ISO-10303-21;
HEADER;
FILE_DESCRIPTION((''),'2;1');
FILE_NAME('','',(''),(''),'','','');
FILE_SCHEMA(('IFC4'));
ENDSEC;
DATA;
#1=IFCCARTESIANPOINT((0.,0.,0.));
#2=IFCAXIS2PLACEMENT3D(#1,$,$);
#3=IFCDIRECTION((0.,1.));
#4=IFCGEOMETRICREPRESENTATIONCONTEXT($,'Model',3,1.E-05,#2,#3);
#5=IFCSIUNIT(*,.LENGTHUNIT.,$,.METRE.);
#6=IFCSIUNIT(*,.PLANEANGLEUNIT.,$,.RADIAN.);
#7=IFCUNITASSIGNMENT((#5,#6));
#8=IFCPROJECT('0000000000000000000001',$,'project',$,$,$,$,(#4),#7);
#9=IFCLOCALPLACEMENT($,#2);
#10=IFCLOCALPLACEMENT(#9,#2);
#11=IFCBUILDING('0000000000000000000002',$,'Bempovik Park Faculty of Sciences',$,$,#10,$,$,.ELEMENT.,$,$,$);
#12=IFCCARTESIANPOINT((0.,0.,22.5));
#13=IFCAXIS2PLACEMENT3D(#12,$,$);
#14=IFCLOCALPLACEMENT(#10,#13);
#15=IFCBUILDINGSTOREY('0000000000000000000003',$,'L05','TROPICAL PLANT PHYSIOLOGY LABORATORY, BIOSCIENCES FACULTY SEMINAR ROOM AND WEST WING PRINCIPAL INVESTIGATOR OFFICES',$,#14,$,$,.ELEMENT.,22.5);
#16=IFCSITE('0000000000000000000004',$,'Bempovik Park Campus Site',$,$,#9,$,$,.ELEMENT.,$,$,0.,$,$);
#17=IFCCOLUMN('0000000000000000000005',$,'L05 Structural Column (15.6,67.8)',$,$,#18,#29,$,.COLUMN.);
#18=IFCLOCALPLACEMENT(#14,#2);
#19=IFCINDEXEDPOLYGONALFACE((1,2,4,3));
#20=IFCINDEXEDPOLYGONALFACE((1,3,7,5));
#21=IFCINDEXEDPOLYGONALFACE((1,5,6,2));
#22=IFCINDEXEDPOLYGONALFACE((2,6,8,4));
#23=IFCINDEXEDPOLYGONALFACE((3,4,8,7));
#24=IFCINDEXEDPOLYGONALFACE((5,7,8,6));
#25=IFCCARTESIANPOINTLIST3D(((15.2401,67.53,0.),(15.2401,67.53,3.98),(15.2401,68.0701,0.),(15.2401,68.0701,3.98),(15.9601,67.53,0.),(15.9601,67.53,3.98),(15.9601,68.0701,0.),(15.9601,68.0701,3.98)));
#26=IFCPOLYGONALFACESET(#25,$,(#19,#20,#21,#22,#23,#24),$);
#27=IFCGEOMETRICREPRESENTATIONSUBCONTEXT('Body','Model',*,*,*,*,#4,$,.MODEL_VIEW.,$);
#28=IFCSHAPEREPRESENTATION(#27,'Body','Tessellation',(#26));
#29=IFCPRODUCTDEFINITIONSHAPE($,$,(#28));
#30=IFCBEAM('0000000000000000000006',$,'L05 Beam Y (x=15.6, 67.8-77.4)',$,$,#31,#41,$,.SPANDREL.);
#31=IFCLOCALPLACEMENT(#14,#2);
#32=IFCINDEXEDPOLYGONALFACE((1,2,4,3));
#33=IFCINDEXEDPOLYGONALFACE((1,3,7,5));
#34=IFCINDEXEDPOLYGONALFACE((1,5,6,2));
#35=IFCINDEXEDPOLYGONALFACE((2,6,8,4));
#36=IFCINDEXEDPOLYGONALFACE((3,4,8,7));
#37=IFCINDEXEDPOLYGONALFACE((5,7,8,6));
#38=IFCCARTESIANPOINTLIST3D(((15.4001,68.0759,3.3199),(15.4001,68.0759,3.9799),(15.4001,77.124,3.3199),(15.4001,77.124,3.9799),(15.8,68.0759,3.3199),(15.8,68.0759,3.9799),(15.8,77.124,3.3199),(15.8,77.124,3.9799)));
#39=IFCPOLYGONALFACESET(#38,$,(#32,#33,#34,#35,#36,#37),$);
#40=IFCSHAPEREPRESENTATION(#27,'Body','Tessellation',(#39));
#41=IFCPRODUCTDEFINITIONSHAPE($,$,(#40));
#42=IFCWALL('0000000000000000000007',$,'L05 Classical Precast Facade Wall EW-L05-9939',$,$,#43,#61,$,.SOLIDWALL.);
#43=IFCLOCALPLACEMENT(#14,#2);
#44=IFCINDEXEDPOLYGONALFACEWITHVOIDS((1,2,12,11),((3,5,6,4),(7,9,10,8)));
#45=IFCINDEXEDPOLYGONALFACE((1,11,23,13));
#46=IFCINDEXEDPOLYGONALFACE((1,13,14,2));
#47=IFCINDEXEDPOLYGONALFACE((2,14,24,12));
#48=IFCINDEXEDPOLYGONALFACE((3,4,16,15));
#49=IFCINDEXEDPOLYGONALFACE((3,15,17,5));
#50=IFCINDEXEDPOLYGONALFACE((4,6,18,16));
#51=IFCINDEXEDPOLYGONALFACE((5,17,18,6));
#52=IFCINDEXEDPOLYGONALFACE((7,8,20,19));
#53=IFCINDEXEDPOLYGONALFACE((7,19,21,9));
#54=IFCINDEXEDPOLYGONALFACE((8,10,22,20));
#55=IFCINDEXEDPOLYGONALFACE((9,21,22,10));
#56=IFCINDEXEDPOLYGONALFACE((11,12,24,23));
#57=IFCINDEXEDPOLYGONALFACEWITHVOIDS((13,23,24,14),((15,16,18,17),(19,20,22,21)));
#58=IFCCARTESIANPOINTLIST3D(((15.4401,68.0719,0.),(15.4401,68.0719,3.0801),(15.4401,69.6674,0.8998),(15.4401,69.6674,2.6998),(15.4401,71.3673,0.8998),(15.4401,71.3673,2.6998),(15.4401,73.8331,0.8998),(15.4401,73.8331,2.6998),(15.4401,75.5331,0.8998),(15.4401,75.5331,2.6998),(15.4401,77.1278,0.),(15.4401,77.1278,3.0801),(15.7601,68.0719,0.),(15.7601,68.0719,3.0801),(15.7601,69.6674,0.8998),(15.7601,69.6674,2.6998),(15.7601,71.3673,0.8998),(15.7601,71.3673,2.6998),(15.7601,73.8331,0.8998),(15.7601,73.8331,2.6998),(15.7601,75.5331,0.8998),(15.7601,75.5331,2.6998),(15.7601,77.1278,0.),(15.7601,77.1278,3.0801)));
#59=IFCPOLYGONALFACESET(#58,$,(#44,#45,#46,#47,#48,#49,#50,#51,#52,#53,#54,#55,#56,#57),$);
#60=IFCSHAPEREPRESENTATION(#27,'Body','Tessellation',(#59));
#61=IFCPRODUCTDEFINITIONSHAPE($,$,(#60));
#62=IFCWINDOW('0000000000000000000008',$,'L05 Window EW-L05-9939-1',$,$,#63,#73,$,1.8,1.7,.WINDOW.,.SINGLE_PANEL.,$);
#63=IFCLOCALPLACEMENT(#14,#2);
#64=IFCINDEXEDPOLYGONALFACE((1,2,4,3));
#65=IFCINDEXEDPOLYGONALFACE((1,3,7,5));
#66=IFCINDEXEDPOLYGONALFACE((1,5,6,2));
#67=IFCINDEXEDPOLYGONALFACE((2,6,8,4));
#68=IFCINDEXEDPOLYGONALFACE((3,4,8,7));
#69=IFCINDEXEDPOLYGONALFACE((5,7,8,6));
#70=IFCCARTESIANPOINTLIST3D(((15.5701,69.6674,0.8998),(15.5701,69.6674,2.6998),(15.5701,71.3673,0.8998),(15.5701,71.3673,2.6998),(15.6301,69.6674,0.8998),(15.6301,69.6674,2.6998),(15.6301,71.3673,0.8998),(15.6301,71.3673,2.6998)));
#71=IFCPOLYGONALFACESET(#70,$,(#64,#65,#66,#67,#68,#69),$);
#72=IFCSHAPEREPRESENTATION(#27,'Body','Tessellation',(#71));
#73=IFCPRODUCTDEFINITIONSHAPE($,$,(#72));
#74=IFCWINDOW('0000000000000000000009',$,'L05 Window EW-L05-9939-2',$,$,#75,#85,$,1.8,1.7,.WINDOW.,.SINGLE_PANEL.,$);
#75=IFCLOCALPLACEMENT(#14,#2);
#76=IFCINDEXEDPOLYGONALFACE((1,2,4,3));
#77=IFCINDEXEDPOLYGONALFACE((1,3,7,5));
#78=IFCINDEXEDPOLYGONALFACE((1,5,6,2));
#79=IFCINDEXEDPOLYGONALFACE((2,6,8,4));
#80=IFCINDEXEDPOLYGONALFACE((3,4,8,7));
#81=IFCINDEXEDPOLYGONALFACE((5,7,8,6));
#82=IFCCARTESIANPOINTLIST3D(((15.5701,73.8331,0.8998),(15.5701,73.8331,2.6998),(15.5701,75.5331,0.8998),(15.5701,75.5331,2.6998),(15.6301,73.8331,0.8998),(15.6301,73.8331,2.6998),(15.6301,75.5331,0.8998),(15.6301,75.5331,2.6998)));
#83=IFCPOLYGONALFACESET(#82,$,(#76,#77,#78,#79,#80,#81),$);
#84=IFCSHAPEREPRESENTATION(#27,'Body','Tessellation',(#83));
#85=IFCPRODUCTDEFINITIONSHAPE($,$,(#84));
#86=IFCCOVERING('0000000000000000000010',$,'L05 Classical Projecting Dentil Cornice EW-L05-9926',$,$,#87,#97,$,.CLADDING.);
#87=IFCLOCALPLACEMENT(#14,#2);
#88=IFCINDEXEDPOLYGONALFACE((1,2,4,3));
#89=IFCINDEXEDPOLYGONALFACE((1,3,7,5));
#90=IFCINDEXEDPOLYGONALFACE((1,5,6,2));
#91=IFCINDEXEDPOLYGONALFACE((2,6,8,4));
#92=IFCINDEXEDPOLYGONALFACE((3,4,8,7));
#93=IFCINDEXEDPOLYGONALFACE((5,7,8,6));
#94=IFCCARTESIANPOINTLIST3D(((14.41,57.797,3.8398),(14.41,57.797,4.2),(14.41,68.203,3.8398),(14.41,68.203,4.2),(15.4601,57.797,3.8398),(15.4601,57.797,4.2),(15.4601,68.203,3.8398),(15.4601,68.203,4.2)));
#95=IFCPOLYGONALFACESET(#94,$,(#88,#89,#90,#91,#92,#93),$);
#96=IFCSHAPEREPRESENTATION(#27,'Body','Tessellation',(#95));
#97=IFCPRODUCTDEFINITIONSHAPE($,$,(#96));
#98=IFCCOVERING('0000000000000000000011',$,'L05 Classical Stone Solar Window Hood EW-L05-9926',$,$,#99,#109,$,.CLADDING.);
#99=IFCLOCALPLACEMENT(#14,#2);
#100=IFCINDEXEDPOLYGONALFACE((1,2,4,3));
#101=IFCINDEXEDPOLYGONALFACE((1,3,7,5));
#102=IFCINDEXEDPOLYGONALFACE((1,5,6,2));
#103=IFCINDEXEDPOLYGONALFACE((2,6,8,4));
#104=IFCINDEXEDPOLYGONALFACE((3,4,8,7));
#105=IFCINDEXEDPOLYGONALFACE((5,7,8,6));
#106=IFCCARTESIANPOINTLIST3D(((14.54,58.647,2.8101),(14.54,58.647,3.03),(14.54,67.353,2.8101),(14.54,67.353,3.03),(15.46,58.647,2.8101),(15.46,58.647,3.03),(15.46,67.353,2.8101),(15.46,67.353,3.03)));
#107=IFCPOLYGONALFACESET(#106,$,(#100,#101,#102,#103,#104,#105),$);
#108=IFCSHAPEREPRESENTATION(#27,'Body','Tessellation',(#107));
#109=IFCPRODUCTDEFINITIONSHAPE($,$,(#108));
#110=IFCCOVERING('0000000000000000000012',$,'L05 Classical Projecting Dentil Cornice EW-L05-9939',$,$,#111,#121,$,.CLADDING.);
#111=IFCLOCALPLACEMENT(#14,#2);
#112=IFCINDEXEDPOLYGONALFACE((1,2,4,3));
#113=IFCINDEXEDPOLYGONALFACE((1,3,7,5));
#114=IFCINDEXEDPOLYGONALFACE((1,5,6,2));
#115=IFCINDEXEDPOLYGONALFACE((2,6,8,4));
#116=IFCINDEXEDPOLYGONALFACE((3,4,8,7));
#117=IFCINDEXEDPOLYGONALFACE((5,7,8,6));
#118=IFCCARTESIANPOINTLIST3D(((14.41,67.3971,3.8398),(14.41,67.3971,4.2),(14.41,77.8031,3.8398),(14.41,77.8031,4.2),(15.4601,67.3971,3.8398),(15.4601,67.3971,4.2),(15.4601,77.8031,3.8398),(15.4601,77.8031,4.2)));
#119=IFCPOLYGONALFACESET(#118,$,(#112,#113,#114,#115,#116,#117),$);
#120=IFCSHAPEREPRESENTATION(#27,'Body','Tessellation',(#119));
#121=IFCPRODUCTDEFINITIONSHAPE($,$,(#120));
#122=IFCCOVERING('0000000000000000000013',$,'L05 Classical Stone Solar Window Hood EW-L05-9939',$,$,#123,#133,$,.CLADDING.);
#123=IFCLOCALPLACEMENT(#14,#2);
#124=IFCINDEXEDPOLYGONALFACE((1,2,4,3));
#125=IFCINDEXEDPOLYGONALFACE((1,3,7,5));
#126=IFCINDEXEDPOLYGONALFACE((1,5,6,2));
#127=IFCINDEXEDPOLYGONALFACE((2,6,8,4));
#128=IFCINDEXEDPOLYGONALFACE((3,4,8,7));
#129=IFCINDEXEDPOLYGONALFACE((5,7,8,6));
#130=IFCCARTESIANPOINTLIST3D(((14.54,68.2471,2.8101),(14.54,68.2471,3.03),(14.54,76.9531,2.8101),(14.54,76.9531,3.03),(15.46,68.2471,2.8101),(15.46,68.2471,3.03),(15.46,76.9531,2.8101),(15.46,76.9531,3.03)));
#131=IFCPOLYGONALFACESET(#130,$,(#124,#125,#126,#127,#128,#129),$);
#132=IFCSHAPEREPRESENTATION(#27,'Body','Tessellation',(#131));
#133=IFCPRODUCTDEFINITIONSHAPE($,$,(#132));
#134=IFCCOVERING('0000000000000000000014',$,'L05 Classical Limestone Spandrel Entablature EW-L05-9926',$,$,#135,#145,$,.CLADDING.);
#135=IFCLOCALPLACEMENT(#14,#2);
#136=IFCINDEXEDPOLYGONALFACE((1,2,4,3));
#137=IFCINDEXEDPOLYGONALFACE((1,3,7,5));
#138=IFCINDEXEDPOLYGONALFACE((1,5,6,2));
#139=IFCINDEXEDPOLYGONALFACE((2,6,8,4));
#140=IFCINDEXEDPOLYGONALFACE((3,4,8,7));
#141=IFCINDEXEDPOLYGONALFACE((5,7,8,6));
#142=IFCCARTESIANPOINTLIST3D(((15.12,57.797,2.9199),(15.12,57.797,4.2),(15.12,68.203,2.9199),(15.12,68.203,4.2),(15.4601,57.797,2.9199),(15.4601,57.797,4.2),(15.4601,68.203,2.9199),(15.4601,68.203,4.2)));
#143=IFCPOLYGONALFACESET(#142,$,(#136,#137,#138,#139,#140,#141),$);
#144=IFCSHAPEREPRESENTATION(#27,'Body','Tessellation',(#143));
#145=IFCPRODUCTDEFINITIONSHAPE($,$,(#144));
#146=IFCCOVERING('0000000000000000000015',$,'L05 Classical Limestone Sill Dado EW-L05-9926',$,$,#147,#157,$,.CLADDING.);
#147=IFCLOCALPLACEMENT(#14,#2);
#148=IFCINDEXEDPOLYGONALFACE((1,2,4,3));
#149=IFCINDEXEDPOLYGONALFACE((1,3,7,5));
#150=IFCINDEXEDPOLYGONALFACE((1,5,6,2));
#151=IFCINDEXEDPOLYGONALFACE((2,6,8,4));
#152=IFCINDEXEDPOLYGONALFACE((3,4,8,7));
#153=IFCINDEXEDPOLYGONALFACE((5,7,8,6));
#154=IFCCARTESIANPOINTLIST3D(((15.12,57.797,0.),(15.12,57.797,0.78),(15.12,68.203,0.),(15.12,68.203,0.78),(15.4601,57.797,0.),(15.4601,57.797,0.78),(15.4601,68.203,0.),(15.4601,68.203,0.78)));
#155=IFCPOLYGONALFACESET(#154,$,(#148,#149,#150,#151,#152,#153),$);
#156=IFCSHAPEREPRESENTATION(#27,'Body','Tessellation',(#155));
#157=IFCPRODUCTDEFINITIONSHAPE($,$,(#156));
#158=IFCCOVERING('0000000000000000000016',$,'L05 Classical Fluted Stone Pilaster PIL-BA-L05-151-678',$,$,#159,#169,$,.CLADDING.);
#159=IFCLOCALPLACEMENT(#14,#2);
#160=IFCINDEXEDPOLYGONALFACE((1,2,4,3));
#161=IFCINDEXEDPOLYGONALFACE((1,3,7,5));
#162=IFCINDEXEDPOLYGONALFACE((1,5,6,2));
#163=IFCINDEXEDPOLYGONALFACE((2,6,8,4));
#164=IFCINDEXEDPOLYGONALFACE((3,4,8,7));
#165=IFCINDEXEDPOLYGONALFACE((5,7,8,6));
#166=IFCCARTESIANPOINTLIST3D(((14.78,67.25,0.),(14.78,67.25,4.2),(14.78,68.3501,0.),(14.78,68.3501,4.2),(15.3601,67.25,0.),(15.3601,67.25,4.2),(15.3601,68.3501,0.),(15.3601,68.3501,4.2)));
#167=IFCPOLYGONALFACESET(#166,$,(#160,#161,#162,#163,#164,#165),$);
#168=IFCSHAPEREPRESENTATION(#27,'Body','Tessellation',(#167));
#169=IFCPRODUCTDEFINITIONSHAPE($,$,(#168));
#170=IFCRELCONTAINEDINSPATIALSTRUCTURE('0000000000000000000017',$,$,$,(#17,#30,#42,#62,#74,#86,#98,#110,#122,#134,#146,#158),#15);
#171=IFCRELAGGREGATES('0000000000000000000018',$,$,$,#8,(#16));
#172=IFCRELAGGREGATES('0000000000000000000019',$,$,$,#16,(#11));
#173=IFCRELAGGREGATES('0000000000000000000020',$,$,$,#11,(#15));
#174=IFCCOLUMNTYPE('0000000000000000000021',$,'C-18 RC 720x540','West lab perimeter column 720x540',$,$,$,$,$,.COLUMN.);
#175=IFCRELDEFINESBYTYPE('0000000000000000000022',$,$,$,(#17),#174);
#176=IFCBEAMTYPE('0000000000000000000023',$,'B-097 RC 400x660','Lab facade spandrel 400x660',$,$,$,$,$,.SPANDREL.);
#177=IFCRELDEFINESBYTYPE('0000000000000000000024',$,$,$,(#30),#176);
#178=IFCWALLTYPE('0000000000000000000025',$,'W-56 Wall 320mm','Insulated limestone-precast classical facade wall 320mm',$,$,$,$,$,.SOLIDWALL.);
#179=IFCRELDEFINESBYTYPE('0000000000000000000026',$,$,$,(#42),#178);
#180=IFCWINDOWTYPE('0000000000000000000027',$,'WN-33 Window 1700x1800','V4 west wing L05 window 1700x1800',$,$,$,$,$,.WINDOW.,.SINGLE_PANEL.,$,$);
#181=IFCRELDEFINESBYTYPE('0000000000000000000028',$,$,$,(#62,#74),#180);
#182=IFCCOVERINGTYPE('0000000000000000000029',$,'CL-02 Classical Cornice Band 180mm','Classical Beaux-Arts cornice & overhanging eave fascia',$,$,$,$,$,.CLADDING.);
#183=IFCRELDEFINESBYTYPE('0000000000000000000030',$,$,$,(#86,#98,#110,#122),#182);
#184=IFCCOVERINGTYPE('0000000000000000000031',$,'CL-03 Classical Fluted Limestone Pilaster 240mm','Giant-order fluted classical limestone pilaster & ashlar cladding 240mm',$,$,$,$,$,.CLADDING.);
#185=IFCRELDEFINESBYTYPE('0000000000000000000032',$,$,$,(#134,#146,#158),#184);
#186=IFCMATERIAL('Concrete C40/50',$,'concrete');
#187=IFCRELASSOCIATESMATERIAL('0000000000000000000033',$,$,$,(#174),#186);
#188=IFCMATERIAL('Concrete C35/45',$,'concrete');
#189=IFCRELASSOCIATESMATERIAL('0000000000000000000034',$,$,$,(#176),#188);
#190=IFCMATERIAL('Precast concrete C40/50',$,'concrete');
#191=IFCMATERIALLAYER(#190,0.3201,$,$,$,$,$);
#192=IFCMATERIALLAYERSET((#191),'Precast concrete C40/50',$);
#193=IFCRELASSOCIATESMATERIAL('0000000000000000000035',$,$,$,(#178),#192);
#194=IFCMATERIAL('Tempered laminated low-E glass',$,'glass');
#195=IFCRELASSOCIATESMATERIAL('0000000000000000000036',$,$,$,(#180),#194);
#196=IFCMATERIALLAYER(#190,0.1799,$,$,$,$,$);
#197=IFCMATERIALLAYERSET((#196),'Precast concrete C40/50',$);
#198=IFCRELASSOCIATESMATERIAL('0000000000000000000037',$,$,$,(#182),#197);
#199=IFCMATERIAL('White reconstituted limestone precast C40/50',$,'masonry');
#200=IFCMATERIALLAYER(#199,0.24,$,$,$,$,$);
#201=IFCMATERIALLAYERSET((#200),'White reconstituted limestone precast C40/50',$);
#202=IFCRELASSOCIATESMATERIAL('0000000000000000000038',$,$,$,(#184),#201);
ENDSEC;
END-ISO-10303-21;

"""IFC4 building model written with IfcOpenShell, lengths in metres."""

from ifc_helpers import new_model, si_unit, direction, frame, frame_2d, origin, origin_2d, place, context, subcontext, project, spatial, rectangle, extrude, material, layer, layer_set, material_profile, profile_set, type_object, element, fill, save


model = new_model("IFC4")

# Units and contexts
model_context = context("Model", 3, precision=1e-05, world=origin(), true_north=direction((0.0, 1.0)))
body_context = subcontext(model_context, "Body", "Model", "MODEL_VIEW")
ifc_project = project(units=[si_unit("LENGTHUNIT", "METRE"), si_unit("PLANEANGLEUNIT", "RADIAN")], contexts=[model_context])

# Site, building, storey
site_placement = place(None, origin())
site = spatial("IfcSite", under=ifc_project, at=site_placement, Name="Bempovik Park Campus Site", CompositionType="ELEMENT", RefElevation=0.0)
building_placement = place(site_placement, origin())
building = spatial("IfcBuilding", under=site, at=building_placement, Name="Bempovik Park Faculty of Sciences", CompositionType="ELEMENT")
storey_placement = place(building_placement, frame((0.0, 0.0, 22.5)))
storey = spatial("IfcBuildingStorey", under=building, at=storey_placement, Name="L05", Description="TROPICAL PLANT PHYSIOLOGY LABORATORY, BIOSCIENCES FACULTY SEMINAR ROOM AND WEST WING PRINCIPAL INVESTIGATOR OFFICES", CompositionType="ELEMENT", Elevation=22.5)

# Column
ifc_material_1 = material(Name="Concrete C40/50", Category="concrete")
ifc_material_profile_1 = material_profile(ifc_material_1, rectangle(XDim=0.72, YDim=0.54, at=origin_2d()), Name="RC 720x540")
ifc_profile_set_1 = profile_set([ifc_material_profile_1], Name="Concrete C40/50")
column_type = type_object("IfcColumnType", Name="C-18 RC 720x540", Description="West lab perimeter column 720x540", PredefinedType="COLUMN", material=ifc_profile_set_1)
column_placement = place(storey_placement, frame((15.6001, 67.8, 0.0), z_axis=(0.0, 0.0, 1.0), x_axis=(1.0, 0.0, 0.0)))
element("IfcColumn", 1, at=column_placement, inside=storey, type_object=column_type, Name="L05 Structural Column (15.6,67.8)", PredefinedType="COLUMN", context=body_context, shape_type="SweptSolid", body=[
    extrude(rectangle(XDim=0.72, YDim=0.54, at=origin_2d()), origin(), (0.0, 0.0, 1.0), 3.98),
])

# Beam
ifc_material_2 = material(Name="Concrete C35/45", Category="concrete")
ifc_material_profile_2 = material_profile(ifc_material_2, rectangle(XDim=0.3999, YDim=0.6599, at=origin_2d()), Name="RC 400x660")
ifc_profile_set_2 = profile_set([ifc_material_profile_2], Name="Concrete C35/45")
beam_type = type_object("IfcBeamType", Name="B-097 RC 400x660", Description="Lab facade spandrel 400x660", PredefinedType="SPANDREL", material=ifc_profile_set_2)
beam_placement = place(storey_placement, frame((15.6001, 68.0759, 3.6499), z_axis=(0.0, 1.0, 0.0), x_axis=(-1.0, 0.0, 0.0)))
element("IfcBeam", 2, at=beam_placement, inside=storey, type_object=beam_type, Name="L05 Beam Y (x=15.6, 67.8-77.4)", PredefinedType="SPANDREL", context=body_context, shape_type="SweptSolid", body=[
    extrude(rectangle(XDim=0.3999, YDim=0.6599, at=origin_2d()), origin(), (0.0, 0.0, 1.0), 9.0481),
])

# Wall, openings, windows
ifc_material_3 = material(Name="Precast concrete C40/50", Category="concrete")
ifc_layer_1 = layer(ifc_material_3, 0.3201)
ifc_layer_set_1 = layer_set([ifc_layer_1], Name="Precast concrete C40/50")
wall_type = type_object("IfcWallType", Name="W-56 Wall 320mm", Description="Insulated limestone-precast classical facade wall 320mm", PredefinedType="SOLIDWALL", material=ifc_layer_set_1)
wall_placement = place(storey_placement, frame((15.6001, 68.072, 0.0), z_axis=(0.0, 0.0, 1.0), x_axis=(0.0, 1.0, 0.0)))
wall = element("IfcWall", 3, at=wall_placement, inside=storey, type_object=wall_type, Name="L05 Classical Precast Facade Wall EW-L05-9939", PredefinedType="SOLIDWALL", context=body_context, shape_type="SweptSolid", body=[
    extrude(rectangle(XDim=9.0559, YDim=0.3201, at=frame_2d((4.5278, 0.0))), origin(), (0.0, 0.0, 1.0), 3.0801),
])
opening_1_placement = place(wall_placement, frame((1.5952, 0.0, 0.8999)))
opening_1 = element("IfcOpeningElement", 4, at=opening_1_placement, cuts=wall, PredefinedType="OPENING", context=body_context, shape_type="SweptSolid", body=[
    extrude(rectangle(XDim=1.7, YDim=1.8, at=frame_2d((0.8501, 0.8999))), frame((0.0, 0.1699, 0.0), z_axis=(0.0, -1.0, 0.0), x_axis=(1.0, 0.0, 0.0)), (0.0, 0.0, 1.0), 0.3401),
])
opening_2_placement = place(wall_placement, frame((5.761, 0.0, 0.8999)))
opening_2 = element("IfcOpeningElement", 5, at=opening_2_placement, cuts=wall, PredefinedType="OPENING", context=body_context, shape_type="SweptSolid", body=[
    extrude(rectangle(XDim=1.7, YDim=1.8, at=frame_2d((0.8501, 0.8999))), frame((0.0, 0.1699, 0.0), z_axis=(0.0, -1.0, 0.0), x_axis=(1.0, 0.0, 0.0)), (0.0, 0.0, 1.0), 0.3401),
])
ifc_material_4 = material(Name="Tempered laminated low-E glass", Category="glass")
window_type = type_object("IfcWindowType", Name="WN-33 Window 1700x1800", Description="V4 west wing L05 window 1700x1800", PartitioningType="SINGLE_PANEL", PredefinedType="WINDOW", material=ifc_material_4)
window_1_placement = place(opening_1_placement, origin())
window_1 = element("IfcWindow", 6, at=window_1_placement, inside=storey, type_object=window_type, Name="L05 Window EW-L05-9939-1", OverallHeight=1.8, OverallWidth=1.7, PartitioningType="SINGLE_PANEL", PredefinedType="WINDOW", context=body_context, shape_type="SweptSolid", body=[
    extrude(rectangle(XDim=1.7, YDim=1.8, at=frame_2d((0.8501, 0.8999))), frame((0.0, 0.03, 0.0), z_axis=(0.0, -1.0, 0.0), x_axis=(1.0, 0.0, 0.0)), (0.0, 0.0, 1.0), 0.0601),
])
fill(opening_1, window_1)
window_2_placement = place(opening_2_placement, origin())
window_2 = element("IfcWindow", 7, at=window_2_placement, inside=storey, type_object=window_type, Name="L05 Window EW-L05-9939-2", OverallHeight=1.8, OverallWidth=1.7, PartitioningType="SINGLE_PANEL", PredefinedType="WINDOW", context=body_context, shape_type="SweptSolid", body=[
    extrude(rectangle(XDim=1.7, YDim=1.8, at=frame_2d((0.8501, 0.8999))), frame((0.0, 0.03, 0.0), z_axis=(0.0, -1.0, 0.0), x_axis=(1.0, 0.0, 0.0)), (0.0, 0.0, 1.0), 0.0601),
])
fill(opening_2, window_2)

# Coverings
ifc_layer_2 = layer(ifc_material_3, 0.1799)
ifc_layer_set_2 = layer_set([ifc_layer_2], Name="Precast concrete C40/50")
covering_type_1 = type_object("IfcCoveringType", Name="CL-02 Classical Cornice Band 180mm", Description="Classical Beaux-Arts cornice & overhanging eave fascia", PredefinedType="CLADDING", material=ifc_layer_set_2)
covering_1_placement = place(storey_placement, frame((14.9351, 63.0, 3.8398), z_axis=(0.0, 0.0, 1.0), x_axis=(1.0, 0.0, 0.0)))
element("IfcCovering", 8, at=covering_1_placement, inside=storey, type_object=covering_type_1, Name="L05 Classical Projecting Dentil Cornice EW-L05-9926", PredefinedType="CLADDING", context=body_context, shape_type="SweptSolid", body=[
    extrude(rectangle(XDim=1.05, YDim=10.406, at=origin_2d()), origin(), (0.0, 0.0, 1.0), 0.3601),
])
covering_2_placement = place(storey_placement, frame((15.0, 63.0, 2.8101), z_axis=(0.0, 0.0, 1.0), x_axis=(1.0, 0.0, 0.0)))
element("IfcCovering", 9, at=covering_2_placement, inside=storey, type_object=covering_type_1, Name="L05 Classical Stone Solar Window Hood EW-L05-9926", PredefinedType="CLADDING", context=body_context, shape_type="SweptSolid", body=[
    extrude(rectangle(XDim=0.9199, YDim=8.7061, at=origin_2d()), origin(), (0.0, 0.0, 1.0), 0.22),
])
covering_3_placement = place(storey_placement, frame((14.9351, 72.6001, 3.8398), z_axis=(0.0, 0.0, 1.0), x_axis=(1.0, 0.0, 0.0)))
element("IfcCovering", 10, at=covering_3_placement, inside=storey, type_object=covering_type_1, Name="L05 Classical Projecting Dentil Cornice EW-L05-9939", PredefinedType="CLADDING", context=body_context, shape_type="SweptSolid", body=[
    extrude(rectangle(XDim=1.05, YDim=10.406, at=origin_2d()), origin(), (0.0, 0.0, 1.0), 0.3601),
])
covering_4_placement = place(storey_placement, frame((15.0, 72.6001, 2.8101), z_axis=(0.0, 0.0, 1.0), x_axis=(1.0, 0.0, 0.0)))
element("IfcCovering", 11, at=covering_4_placement, inside=storey, type_object=covering_type_1, Name="L05 Classical Stone Solar Window Hood EW-L05-9939", PredefinedType="CLADDING", context=body_context, shape_type="SweptSolid", body=[
    extrude(rectangle(XDim=0.9199, YDim=8.7061, at=origin_2d()), origin(), (0.0, 0.0, 1.0), 0.22),
])
ifc_material_5 = material(Name="White reconstituted limestone precast C40/50", Category="masonry")
ifc_layer_3 = layer(ifc_material_5, 0.24)
ifc_layer_set_3 = layer_set([ifc_layer_3], Name="White reconstituted limestone precast C40/50")
covering_type_2 = type_object("IfcCoveringType", Name="CL-03 Classical Fluted Limestone Pilaster 240mm", Description="Giant-order fluted classical limestone pilaster & ashlar cladding 240mm", PredefinedType="CLADDING", material=ifc_layer_set_3)
covering_5_placement = place(storey_placement, frame((15.29, 63.0, 2.9199), z_axis=(0.0, 0.0, 1.0), x_axis=(1.0, 0.0, 0.0)))
element("IfcCovering", 12, at=covering_5_placement, inside=storey, type_object=covering_type_2, Name="L05 Classical Limestone Spandrel Entablature EW-L05-9926", PredefinedType="CLADDING", context=body_context, shape_type="SweptSolid", body=[
    extrude(rectangle(XDim=0.3401, YDim=10.406, at=origin_2d()), origin(), (0.0, 0.0, 1.0), 1.28),
])
covering_6_placement = place(storey_placement, frame((15.29, 63.0, 0.0), z_axis=(0.0, 0.0, 1.0), x_axis=(1.0, 0.0, 0.0)))
element("IfcCovering", 13, at=covering_6_placement, inside=storey, type_object=covering_type_2, Name="L05 Classical Limestone Sill Dado EW-L05-9926", PredefinedType="CLADDING", context=body_context, shape_type="SweptSolid", body=[
    extrude(rectangle(XDim=0.3401, YDim=10.406, at=origin_2d()), origin(), (0.0, 0.0, 1.0), 0.78),
])
covering_7_placement = place(storey_placement, frame((15.0701, 67.8, 0.0), z_axis=(0.0, 0.0, 1.0), x_axis=(1.0, 0.0, 0.0)))
element("IfcCovering", 14, at=covering_7_placement, inside=storey, type_object=covering_type_2, Name="L05 Classical Fluted Stone Pilaster PIL-BA-L05-151-678", PredefinedType="CLADDING", context=body_context, shape_type="SweptSolid", body=[
    extrude(rectangle(XDim=0.5801, YDim=1.1001, at=origin_2d()), origin(), (0.0, 0.0, 1.0), 4.2),
])

save(model, "model.ifc")
